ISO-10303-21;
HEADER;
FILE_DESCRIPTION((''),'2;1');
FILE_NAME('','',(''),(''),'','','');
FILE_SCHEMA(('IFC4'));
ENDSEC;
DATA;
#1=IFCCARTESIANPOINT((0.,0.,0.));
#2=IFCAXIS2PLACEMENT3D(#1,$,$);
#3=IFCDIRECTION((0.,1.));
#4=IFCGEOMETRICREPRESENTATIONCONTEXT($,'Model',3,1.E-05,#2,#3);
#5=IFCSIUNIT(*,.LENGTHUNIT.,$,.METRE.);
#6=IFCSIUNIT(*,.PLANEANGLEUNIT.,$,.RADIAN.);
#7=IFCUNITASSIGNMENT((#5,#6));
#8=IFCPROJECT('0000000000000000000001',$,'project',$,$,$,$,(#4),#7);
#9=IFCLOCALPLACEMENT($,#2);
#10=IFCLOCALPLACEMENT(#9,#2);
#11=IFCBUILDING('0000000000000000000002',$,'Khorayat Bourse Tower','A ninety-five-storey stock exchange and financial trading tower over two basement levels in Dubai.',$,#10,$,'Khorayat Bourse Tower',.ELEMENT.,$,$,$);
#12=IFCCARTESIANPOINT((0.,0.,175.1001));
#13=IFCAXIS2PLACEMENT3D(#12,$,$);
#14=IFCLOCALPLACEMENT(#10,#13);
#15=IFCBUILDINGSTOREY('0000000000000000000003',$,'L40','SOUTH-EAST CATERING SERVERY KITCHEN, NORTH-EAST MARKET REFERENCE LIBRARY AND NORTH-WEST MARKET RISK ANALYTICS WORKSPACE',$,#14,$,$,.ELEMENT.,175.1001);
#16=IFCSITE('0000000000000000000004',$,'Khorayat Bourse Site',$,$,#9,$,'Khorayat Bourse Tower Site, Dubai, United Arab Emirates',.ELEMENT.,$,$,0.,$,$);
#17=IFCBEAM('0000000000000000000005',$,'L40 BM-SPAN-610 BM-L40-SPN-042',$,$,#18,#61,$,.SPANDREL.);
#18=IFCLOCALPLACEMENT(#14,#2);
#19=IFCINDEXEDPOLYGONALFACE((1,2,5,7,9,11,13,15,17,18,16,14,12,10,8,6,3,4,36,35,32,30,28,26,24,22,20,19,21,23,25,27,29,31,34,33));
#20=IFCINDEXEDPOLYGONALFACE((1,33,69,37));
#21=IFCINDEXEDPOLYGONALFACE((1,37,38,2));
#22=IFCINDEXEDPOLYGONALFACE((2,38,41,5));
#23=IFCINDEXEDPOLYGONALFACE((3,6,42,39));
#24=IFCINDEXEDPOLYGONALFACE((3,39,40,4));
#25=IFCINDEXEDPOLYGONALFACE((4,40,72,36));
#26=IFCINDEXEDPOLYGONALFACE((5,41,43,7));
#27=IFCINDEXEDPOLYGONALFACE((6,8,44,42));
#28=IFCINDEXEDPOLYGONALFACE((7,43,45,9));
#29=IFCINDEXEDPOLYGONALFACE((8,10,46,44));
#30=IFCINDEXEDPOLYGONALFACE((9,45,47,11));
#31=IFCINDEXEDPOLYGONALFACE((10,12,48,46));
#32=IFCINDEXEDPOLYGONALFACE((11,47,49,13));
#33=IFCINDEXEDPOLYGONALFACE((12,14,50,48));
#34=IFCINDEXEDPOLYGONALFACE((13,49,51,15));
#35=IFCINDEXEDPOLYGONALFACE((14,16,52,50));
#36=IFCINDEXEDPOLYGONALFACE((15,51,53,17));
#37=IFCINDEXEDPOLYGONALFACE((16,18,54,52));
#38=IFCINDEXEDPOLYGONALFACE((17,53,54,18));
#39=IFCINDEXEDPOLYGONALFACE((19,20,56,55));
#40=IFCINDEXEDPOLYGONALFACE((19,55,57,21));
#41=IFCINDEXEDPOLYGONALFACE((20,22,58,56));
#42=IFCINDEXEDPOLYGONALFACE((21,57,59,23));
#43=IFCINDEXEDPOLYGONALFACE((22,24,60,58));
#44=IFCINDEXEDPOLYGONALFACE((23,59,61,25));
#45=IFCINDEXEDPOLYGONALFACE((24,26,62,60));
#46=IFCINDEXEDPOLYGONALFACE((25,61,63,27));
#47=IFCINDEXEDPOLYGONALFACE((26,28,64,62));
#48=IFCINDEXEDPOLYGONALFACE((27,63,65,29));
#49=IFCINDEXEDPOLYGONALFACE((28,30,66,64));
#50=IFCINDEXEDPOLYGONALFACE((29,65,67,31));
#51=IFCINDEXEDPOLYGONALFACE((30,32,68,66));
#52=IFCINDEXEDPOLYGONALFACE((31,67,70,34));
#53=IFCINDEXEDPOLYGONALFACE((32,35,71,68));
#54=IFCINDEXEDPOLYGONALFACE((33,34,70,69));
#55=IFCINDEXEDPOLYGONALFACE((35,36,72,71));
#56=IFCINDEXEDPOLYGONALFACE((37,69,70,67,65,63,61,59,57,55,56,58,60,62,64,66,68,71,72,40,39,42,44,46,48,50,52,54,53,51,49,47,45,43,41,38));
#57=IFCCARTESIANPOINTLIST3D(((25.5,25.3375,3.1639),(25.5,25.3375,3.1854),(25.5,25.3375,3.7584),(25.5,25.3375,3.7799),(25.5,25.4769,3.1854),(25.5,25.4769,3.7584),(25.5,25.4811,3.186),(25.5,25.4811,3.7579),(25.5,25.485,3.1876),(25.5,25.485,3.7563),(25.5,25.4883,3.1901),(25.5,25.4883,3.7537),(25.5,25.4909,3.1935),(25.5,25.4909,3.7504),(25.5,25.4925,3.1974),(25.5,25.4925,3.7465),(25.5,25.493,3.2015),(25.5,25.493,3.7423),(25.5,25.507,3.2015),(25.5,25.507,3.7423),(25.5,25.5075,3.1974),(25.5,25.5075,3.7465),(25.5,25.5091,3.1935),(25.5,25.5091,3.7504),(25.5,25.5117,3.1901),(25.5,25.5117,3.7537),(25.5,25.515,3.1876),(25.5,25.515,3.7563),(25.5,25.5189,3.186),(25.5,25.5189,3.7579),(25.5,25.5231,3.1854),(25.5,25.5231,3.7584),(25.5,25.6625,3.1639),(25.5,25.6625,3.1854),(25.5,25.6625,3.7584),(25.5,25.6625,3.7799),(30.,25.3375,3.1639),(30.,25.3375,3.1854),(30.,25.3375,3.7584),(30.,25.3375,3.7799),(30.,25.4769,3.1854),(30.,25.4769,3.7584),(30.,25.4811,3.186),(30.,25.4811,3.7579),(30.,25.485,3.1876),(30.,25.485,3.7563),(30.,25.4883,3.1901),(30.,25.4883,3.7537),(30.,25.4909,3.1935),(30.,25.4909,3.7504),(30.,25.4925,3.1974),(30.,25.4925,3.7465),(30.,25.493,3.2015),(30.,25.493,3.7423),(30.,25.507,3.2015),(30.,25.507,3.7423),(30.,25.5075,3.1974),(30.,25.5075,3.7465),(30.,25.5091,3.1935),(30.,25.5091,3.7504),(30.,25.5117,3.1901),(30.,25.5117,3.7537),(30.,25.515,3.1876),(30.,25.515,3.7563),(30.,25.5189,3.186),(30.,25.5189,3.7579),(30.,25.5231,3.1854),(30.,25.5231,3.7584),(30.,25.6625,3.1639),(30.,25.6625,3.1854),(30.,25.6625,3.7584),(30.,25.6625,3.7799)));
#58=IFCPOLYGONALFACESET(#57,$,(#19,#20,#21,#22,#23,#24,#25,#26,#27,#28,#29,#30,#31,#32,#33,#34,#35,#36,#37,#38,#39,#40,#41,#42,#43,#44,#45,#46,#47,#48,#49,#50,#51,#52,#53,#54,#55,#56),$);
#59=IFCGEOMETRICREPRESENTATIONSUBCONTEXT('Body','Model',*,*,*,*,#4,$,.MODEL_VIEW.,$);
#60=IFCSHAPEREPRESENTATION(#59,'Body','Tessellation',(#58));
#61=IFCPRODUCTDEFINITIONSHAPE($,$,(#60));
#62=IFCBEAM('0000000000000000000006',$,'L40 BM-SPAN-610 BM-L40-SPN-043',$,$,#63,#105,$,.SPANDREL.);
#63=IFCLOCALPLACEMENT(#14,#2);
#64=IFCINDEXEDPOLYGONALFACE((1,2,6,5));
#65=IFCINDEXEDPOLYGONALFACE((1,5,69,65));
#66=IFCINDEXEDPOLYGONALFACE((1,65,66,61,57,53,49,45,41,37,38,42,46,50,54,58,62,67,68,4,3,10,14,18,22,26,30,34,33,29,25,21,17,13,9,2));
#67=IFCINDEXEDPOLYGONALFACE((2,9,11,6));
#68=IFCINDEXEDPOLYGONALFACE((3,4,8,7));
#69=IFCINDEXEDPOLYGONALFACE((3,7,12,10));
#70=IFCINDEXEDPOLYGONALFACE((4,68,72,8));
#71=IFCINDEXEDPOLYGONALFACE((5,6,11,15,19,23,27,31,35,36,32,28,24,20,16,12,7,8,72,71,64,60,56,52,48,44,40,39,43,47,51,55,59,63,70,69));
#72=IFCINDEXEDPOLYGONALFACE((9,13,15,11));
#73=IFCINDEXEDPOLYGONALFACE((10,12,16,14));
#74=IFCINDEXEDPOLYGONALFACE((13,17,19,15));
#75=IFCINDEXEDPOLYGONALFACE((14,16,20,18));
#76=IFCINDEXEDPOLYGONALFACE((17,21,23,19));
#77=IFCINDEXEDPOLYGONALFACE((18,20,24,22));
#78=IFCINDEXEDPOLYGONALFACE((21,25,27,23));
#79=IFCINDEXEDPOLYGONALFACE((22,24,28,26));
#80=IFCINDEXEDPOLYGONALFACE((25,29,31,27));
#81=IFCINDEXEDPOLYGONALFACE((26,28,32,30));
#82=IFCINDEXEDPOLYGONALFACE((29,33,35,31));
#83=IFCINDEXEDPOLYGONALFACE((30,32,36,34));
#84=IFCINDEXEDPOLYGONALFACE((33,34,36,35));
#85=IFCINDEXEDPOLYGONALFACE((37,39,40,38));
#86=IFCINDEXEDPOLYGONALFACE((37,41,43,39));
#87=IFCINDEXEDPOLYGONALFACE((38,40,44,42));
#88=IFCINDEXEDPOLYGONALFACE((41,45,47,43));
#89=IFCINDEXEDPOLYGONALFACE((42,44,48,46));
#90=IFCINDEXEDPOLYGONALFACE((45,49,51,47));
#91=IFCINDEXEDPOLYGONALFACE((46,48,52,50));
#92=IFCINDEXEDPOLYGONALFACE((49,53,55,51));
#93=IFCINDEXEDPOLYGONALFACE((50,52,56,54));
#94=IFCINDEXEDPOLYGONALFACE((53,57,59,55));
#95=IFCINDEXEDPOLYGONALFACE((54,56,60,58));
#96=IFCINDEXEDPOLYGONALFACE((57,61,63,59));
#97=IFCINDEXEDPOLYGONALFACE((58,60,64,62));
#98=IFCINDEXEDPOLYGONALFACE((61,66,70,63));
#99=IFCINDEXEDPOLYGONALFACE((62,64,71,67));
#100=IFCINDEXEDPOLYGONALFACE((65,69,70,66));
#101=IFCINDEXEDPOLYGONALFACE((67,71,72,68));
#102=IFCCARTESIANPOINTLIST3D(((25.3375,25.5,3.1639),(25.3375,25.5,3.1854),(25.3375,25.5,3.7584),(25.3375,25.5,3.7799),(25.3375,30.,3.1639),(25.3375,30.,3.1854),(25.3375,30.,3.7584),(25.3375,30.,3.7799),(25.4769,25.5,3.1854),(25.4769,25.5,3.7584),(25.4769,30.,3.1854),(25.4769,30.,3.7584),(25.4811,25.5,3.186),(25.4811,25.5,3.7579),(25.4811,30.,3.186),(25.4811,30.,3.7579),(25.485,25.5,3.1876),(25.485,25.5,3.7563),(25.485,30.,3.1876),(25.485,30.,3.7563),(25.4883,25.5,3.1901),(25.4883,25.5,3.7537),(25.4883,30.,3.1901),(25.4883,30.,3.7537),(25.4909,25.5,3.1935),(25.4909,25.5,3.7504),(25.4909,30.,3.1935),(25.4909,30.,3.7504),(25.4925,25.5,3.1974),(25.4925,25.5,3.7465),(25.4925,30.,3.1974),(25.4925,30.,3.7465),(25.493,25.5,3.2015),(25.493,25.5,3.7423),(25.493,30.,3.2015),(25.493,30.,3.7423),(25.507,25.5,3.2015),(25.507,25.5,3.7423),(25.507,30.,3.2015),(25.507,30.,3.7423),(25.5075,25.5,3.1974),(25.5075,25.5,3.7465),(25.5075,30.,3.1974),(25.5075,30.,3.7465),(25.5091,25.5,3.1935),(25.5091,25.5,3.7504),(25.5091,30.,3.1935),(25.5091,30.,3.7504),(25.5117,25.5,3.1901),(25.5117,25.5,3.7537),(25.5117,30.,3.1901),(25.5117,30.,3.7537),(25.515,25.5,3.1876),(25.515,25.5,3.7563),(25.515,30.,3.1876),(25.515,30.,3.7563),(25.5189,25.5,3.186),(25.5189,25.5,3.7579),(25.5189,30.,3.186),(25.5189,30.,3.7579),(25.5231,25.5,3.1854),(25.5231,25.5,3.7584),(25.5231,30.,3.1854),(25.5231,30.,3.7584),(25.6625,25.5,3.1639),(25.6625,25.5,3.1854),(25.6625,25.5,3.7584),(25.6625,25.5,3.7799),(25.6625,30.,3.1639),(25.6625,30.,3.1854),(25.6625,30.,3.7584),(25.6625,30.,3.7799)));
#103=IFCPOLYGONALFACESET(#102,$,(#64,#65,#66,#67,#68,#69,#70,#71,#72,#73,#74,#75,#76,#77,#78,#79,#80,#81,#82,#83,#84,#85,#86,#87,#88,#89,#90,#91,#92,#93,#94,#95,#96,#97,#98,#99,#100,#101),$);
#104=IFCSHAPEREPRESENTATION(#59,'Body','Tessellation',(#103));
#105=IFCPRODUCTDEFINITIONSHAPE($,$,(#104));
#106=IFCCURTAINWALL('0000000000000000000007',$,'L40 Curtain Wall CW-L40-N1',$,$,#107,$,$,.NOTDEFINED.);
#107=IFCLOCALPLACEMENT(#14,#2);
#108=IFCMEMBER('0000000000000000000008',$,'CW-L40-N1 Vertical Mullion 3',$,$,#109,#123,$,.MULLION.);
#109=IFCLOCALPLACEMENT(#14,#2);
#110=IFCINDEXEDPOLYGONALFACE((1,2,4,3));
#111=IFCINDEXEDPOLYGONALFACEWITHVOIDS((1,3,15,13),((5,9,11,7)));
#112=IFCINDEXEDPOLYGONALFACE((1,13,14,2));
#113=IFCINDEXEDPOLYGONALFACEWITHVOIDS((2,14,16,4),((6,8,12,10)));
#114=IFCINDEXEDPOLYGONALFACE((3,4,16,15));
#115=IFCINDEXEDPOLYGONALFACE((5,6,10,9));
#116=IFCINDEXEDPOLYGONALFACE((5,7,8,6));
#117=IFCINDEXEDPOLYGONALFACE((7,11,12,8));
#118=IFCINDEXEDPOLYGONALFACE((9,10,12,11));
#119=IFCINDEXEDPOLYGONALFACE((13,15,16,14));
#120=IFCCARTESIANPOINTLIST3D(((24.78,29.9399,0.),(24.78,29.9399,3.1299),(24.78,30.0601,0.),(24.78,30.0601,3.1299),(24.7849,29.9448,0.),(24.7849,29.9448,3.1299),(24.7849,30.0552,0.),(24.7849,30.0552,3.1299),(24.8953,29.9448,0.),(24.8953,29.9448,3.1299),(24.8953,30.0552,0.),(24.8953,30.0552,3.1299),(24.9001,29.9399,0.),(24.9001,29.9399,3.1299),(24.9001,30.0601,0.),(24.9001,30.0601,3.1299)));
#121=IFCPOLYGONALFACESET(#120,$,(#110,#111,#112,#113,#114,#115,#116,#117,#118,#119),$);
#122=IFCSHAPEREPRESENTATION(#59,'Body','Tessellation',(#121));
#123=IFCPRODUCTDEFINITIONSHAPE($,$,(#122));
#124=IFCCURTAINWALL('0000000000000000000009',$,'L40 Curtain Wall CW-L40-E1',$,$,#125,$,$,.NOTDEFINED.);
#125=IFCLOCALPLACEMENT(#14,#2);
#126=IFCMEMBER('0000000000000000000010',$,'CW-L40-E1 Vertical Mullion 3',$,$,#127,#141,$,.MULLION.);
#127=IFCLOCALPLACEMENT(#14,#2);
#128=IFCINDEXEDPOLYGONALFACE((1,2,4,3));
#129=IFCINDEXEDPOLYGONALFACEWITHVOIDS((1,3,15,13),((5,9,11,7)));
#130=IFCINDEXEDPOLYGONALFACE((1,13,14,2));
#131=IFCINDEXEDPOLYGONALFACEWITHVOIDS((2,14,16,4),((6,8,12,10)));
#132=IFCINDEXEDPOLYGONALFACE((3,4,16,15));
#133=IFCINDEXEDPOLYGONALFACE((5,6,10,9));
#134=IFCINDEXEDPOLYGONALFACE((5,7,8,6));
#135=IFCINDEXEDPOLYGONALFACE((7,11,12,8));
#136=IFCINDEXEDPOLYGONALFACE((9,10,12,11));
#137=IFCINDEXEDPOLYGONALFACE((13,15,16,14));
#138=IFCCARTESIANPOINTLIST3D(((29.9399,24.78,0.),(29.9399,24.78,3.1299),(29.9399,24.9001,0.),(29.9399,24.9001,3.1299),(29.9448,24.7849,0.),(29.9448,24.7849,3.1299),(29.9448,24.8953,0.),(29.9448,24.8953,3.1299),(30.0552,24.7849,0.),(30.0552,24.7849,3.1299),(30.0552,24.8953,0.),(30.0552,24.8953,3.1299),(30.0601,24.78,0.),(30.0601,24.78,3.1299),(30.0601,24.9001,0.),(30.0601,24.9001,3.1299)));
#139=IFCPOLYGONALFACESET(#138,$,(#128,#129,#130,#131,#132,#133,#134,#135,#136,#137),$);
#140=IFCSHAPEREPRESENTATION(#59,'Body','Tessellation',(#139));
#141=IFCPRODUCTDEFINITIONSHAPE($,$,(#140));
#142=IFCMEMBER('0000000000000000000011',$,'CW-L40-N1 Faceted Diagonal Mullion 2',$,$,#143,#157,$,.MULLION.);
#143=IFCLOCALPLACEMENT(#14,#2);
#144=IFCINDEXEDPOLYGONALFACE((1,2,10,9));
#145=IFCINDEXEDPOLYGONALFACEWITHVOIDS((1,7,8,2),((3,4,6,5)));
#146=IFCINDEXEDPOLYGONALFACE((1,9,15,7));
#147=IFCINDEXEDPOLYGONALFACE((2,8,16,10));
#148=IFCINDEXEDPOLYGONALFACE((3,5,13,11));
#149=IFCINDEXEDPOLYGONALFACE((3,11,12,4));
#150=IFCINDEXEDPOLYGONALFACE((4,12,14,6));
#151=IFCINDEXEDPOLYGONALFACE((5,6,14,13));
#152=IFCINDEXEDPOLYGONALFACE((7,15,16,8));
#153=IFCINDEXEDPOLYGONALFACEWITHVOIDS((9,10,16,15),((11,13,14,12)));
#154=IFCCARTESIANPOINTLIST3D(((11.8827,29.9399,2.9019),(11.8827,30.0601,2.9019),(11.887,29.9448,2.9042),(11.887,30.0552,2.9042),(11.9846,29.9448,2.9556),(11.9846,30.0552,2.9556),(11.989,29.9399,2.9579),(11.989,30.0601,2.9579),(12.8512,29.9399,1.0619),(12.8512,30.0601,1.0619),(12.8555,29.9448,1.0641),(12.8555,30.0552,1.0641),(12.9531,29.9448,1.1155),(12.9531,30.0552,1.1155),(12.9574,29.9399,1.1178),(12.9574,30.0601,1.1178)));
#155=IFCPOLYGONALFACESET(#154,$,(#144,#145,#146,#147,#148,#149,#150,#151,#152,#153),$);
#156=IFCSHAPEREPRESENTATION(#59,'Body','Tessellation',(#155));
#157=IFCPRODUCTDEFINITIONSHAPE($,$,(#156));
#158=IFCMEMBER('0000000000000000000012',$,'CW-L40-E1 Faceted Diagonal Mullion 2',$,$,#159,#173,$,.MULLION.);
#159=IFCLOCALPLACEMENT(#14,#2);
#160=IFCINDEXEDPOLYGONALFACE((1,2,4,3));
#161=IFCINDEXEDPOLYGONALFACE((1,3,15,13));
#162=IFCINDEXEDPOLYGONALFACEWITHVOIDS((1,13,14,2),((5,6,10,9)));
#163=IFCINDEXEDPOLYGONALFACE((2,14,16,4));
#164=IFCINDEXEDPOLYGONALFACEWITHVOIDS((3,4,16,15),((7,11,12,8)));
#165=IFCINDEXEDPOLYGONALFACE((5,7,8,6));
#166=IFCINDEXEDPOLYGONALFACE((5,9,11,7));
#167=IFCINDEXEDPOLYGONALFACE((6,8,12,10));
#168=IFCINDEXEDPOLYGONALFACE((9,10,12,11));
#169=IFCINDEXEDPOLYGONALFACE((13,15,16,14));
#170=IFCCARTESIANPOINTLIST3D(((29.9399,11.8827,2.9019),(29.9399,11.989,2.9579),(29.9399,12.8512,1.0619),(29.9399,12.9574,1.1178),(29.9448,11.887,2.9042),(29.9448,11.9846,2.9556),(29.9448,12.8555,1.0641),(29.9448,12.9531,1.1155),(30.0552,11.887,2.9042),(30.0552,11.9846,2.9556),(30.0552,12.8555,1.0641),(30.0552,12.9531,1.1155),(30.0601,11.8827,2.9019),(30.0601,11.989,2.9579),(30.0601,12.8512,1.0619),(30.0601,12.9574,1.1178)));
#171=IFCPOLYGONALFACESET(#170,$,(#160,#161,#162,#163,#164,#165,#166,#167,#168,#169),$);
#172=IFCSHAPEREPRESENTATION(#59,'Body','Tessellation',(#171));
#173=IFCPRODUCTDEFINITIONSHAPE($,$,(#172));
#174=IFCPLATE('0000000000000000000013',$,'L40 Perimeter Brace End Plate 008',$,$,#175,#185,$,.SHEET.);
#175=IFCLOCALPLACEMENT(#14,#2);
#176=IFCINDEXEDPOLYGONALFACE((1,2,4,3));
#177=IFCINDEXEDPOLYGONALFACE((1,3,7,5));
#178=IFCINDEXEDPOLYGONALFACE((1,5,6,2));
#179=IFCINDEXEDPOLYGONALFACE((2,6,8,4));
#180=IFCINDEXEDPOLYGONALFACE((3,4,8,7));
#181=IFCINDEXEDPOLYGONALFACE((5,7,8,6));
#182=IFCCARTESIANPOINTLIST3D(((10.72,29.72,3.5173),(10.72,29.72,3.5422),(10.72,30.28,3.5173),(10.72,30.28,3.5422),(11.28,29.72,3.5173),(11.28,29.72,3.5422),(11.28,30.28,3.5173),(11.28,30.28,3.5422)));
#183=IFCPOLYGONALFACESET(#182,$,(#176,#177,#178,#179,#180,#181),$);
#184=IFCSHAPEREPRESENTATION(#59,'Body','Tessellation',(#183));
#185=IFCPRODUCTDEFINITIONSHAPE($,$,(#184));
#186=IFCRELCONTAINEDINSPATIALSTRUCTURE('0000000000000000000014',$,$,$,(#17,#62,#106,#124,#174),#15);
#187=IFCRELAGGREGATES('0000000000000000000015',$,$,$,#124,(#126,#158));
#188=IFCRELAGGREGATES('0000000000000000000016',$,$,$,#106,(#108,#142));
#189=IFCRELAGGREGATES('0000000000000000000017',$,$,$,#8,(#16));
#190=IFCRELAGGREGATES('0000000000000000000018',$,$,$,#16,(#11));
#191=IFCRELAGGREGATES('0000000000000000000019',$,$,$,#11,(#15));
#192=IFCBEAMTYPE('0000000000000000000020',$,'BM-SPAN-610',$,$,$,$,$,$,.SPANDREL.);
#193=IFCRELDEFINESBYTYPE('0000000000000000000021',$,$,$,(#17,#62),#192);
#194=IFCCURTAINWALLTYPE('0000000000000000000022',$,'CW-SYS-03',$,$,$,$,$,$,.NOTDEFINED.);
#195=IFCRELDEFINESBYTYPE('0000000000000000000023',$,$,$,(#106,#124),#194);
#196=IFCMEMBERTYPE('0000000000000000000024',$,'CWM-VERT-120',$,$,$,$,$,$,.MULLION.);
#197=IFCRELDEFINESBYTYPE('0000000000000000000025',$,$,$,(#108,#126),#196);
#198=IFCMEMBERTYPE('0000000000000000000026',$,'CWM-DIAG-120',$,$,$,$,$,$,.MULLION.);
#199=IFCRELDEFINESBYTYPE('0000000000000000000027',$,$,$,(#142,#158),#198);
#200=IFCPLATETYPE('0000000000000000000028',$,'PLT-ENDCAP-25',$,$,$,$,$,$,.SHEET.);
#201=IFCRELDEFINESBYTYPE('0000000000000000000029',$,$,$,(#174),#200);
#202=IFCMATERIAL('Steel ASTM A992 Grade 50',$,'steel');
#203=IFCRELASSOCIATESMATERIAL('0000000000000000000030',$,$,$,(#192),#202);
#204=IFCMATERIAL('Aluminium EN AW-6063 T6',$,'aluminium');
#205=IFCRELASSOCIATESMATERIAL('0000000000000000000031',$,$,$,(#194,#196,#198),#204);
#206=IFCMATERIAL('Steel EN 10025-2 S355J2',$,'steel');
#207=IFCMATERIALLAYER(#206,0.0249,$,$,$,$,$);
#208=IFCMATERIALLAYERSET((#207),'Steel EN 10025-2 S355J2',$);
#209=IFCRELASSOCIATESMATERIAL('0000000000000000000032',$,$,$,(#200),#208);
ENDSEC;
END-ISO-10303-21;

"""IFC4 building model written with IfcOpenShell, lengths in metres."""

from ifc_helpers import new_model, si_unit, direction, frame, origin, origin_2d, place, context, subcontext, project, spatial, rectangle, hollow_rectangle, i_section, extrude, source, transform, mapped, material, layer, layer_set, material_profile, profile_set, type_object, element, aggregate, save


model = new_model("IFC4")

# Units and contexts
model_context = context("Model", 3, precision=1e-05, world=origin(), true_north=direction((0.0, 1.0)))
body_context = subcontext(model_context, "Body", "Model", "MODEL_VIEW")
ifc_project = project(units=[si_unit("LENGTHUNIT", "METRE"), si_unit("PLANEANGLEUNIT", "RADIAN")], contexts=[model_context])

# Site, building, storey
site_placement = place(None, origin())
site = spatial("IfcSite", under=ifc_project, at=site_placement, Name="Khorayat Bourse Site", LongName="Khorayat Bourse Tower Site, Dubai, United Arab Emirates", CompositionType="ELEMENT", RefElevation=0.0)
building_placement = place(site_placement, origin())
building = spatial("IfcBuilding", under=site, at=building_placement, Name="Khorayat Bourse Tower", Description="A ninety-five-storey stock exchange and financial trading tower over two basement levels in Dubai.", LongName="Khorayat Bourse Tower", CompositionType="ELEMENT")
storey_placement = place(building_placement, frame((0.0, 0.0, 175.1001)))
storey = spatial("IfcBuildingStorey", under=building, at=storey_placement, Name="L40", Description="SOUTH-EAST CATERING SERVERY KITCHEN, NORTH-EAST MARKET REFERENCE LIBRARY AND NORTH-WEST MARKET RISK ANALYTICS WORKSPACE", CompositionType="ELEMENT", Elevation=175.1001)

# Beams
ifc_material_1 = material(Name="Steel ASTM A992 Grade 50", Category="steel")
ifc_material_profile_1 = material_profile(ifc_material_1, i_section(OverallWidth=0.325, OverallDepth=0.616, WebThickness=0.0139, FlangeThickness=0.0215, FilletRadius=0.0161, at=origin_2d()), Name="W610X174")
ifc_profile_set_1 = profile_set([ifc_material_profile_1], Name="Steel ASTM A992 Grade 50")
beam_type_1 = type_object("IfcBeamType", Name="BM-SPAN-610", PredefinedType="SPANDREL", material=ifc_profile_set_1)
shared_shape_1 = source(origin(), body_context, "Body", "SweptSolid", [
    extrude(i_section(OverallWidth=0.325, OverallDepth=0.616, WebThickness=0.0139, FlangeThickness=0.0215, FilletRadius=0.0161, at=origin_2d()), origin(), (0.0, 0.0, 1.0), 4.5),
])
for number, where, z_axis, x_axis, name in (
    (1, (25.5, 25.5, 3.4719), (1.0, 0.0, 0.0), (0.0, 1.0, 0.0), "L40 BM-SPAN-610 BM-L40-SPN-042"),
    (2, (25.5, 25.5, 3.4719), (0.0, 1.0, 0.0), (-1.0, 0.0, 0.0), "L40 BM-SPAN-610 BM-L40-SPN-043"),
):
    element("IfcBeam", number, at=place(storey_placement, frame(where, z_axis=z_axis, x_axis=x_axis)), inside=storey, type_object=beam_type_1, Name=name, PredefinedType="SPANDREL", context=body_context, shape_type="MappedRepresentation", body=[
        mapped(shared_shape_1, transform((0.0, 0.0, 0.0), scale=1.0)),
    ])

# Curtain walls, members
ifc_material_2 = material(Name="Aluminium EN AW-6063 T6", Category="aluminium")
curtain_wall_type = type_object("IfcCurtainWallType", Name="CW-SYS-03", PredefinedType="NOTDEFINED", material=ifc_material_2)
curtain_wall_1_placement = place(storey_placement, origin())
curtain_wall_1 = element("IfcCurtainWall", 3, at=curtain_wall_1_placement, inside=storey, type_object=curtain_wall_type, Name="L40 Curtain Wall CW-L40-N1", PredefinedType="NOTDEFINED")
ifc_material_profile_2 = material_profile(ifc_material_2, hollow_rectangle(XDim=0.1201, YDim=0.1201, WallThickness=0.0049, at=origin_2d()), Name="ALU 120x120x5")
ifc_profile_set_2 = profile_set([ifc_material_profile_2], Name="Aluminium EN AW-6063 T6")
member_type_1 = type_object("IfcMemberType", Name="CWM-VERT-120", PredefinedType="MULLION", material=ifc_profile_set_2)
shared_shape_2 = source(origin(), body_context, "Body", "SweptSolid", [
    extrude(hollow_rectangle(XDim=0.1201, YDim=0.1201, WallThickness=0.0049, at=origin_2d()), origin(), (0.0, 0.0, 1.0), 3.1299),
])
member_1_placement = place(storey_placement, frame((24.8401, 30.0, 0.0), z_axis=(0.0, 0.0, 1.0), x_axis=(0.0, 1.0, 0.0)))
member_1 = element("IfcMember", 4, at=member_1_placement, type_object=member_type_1, Name="CW-L40-N1 Vertical Mullion 3", PredefinedType="MULLION", context=body_context, shape_type="MappedRepresentation", body=[
    mapped(shared_shape_2, transform((0.0, 0.0, 0.0), scale=1.0)),
])
curtain_wall_2_placement = place(storey_placement, origin())
curtain_wall_2 = element("IfcCurtainWall", 5, at=curtain_wall_2_placement, inside=storey, type_object=curtain_wall_type, Name="L40 Curtain Wall CW-L40-E1", PredefinedType="NOTDEFINED")
member_2_placement = place(storey_placement, frame((30.0, 24.8401, 0.0), z_axis=(0.0, 0.0, 1.0), x_axis=(-1.0, 0.0, 0.0)))
member_2 = element("IfcMember", 6, at=member_2_placement, type_object=member_type_1, Name="CW-L40-E1 Vertical Mullion 3", PredefinedType="MULLION", context=body_context, shape_type="MappedRepresentation", body=[
    mapped(shared_shape_2, transform((0.0, 0.0, 0.0), scale=1.0)),
])

# Members
ifc_material_profile_3 = material_profile(ifc_material_2, hollow_rectangle(XDim=0.1201, YDim=0.1201, WallThickness=0.0049, at=origin_2d()), Name="ALU 120x120x5")
ifc_profile_set_3 = profile_set([ifc_material_profile_3], Name="Aluminium EN AW-6063 T6")
member_type_2 = type_object("IfcMemberType", Name="CWM-DIAG-120", PredefinedType="MULLION", material=ifc_profile_set_3)
shared_shape_3 = source(origin(), body_context, "Body", "SweptSolid", [
    extrude(hollow_rectangle(XDim=0.1201, YDim=0.1201, WallThickness=0.0049, at=origin_2d()), origin(), (0.0, 0.0, 1.0), 2.0793),
])
member_3_placement = place(storey_placement, frame((12.9043, 30.0, 1.0898), z_axis=(-0.465761, 0.0, 0.884911), x_axis=(0.0, -1.0, 0.0)))
member_3 = element("IfcMember", 7, at=member_3_placement, type_object=member_type_2, Name="CW-L40-N1 Faceted Diagonal Mullion 2", PredefinedType="MULLION", context=body_context, shape_type="MappedRepresentation", body=[
    mapped(shared_shape_3, transform((0.0, 0.0, 0.0), scale=1.0)),
])
member_4_placement = place(storey_placement, frame((30.0, 12.9043, 1.0898), z_axis=(0.0, -0.465761, 0.884911), x_axis=(1.0, 0.0, 0.0)))
member_4 = element("IfcMember", 8, at=member_4_placement, type_object=member_type_2, Name="CW-L40-E1 Faceted Diagonal Mullion 2", PredefinedType="MULLION", context=body_context, shape_type="MappedRepresentation", body=[
    mapped(shared_shape_3, transform((0.0, 0.0, 0.0), scale=1.0)),
])
aggregate(curtain_wall_2, [member_2, member_4])

# Plate
ifc_material_3 = material(Name="Steel EN 10025-2 S355J2", Category="steel")
ifc_layer_1 = layer(ifc_material_3, 0.0249)
ifc_layer_set_1 = layer_set([ifc_layer_1], Name="Steel EN 10025-2 S355J2")
plate_type_1 = type_object("IfcPlateType", Name="PLT-ENDCAP-25", PredefinedType="SHEET", material=ifc_layer_set_1)
shared_shape_4 = source(origin(), body_context, "Body", "SweptSolid", [
    extrude(rectangle(XDim=0.5601, YDim=0.5601, at=origin_2d()), origin(), (0.0, 0.0, 1.0), 0.0249),
])
plate_1_placement = place(storey_placement, frame((11.0, 30.0, 3.5173), z_axis=(0.0, 0.0, 1.0), x_axis=(1.0, 0.0, 0.0)))
element("IfcPlate", 9, at=plate_1_placement, inside=storey, type_object=plate_type_1, Name="L40 Perimeter Brace End Plate 008", PredefinedType="SHEET", context=body_context, shape_type="MappedRepresentation", body=[
    mapped(shared_shape_4, transform((0.0, 0.0, 0.0), scale=1.0)),
])
aggregate(curtain_wall_1, [member_1, member_3])

save(model, "model.ifc")
